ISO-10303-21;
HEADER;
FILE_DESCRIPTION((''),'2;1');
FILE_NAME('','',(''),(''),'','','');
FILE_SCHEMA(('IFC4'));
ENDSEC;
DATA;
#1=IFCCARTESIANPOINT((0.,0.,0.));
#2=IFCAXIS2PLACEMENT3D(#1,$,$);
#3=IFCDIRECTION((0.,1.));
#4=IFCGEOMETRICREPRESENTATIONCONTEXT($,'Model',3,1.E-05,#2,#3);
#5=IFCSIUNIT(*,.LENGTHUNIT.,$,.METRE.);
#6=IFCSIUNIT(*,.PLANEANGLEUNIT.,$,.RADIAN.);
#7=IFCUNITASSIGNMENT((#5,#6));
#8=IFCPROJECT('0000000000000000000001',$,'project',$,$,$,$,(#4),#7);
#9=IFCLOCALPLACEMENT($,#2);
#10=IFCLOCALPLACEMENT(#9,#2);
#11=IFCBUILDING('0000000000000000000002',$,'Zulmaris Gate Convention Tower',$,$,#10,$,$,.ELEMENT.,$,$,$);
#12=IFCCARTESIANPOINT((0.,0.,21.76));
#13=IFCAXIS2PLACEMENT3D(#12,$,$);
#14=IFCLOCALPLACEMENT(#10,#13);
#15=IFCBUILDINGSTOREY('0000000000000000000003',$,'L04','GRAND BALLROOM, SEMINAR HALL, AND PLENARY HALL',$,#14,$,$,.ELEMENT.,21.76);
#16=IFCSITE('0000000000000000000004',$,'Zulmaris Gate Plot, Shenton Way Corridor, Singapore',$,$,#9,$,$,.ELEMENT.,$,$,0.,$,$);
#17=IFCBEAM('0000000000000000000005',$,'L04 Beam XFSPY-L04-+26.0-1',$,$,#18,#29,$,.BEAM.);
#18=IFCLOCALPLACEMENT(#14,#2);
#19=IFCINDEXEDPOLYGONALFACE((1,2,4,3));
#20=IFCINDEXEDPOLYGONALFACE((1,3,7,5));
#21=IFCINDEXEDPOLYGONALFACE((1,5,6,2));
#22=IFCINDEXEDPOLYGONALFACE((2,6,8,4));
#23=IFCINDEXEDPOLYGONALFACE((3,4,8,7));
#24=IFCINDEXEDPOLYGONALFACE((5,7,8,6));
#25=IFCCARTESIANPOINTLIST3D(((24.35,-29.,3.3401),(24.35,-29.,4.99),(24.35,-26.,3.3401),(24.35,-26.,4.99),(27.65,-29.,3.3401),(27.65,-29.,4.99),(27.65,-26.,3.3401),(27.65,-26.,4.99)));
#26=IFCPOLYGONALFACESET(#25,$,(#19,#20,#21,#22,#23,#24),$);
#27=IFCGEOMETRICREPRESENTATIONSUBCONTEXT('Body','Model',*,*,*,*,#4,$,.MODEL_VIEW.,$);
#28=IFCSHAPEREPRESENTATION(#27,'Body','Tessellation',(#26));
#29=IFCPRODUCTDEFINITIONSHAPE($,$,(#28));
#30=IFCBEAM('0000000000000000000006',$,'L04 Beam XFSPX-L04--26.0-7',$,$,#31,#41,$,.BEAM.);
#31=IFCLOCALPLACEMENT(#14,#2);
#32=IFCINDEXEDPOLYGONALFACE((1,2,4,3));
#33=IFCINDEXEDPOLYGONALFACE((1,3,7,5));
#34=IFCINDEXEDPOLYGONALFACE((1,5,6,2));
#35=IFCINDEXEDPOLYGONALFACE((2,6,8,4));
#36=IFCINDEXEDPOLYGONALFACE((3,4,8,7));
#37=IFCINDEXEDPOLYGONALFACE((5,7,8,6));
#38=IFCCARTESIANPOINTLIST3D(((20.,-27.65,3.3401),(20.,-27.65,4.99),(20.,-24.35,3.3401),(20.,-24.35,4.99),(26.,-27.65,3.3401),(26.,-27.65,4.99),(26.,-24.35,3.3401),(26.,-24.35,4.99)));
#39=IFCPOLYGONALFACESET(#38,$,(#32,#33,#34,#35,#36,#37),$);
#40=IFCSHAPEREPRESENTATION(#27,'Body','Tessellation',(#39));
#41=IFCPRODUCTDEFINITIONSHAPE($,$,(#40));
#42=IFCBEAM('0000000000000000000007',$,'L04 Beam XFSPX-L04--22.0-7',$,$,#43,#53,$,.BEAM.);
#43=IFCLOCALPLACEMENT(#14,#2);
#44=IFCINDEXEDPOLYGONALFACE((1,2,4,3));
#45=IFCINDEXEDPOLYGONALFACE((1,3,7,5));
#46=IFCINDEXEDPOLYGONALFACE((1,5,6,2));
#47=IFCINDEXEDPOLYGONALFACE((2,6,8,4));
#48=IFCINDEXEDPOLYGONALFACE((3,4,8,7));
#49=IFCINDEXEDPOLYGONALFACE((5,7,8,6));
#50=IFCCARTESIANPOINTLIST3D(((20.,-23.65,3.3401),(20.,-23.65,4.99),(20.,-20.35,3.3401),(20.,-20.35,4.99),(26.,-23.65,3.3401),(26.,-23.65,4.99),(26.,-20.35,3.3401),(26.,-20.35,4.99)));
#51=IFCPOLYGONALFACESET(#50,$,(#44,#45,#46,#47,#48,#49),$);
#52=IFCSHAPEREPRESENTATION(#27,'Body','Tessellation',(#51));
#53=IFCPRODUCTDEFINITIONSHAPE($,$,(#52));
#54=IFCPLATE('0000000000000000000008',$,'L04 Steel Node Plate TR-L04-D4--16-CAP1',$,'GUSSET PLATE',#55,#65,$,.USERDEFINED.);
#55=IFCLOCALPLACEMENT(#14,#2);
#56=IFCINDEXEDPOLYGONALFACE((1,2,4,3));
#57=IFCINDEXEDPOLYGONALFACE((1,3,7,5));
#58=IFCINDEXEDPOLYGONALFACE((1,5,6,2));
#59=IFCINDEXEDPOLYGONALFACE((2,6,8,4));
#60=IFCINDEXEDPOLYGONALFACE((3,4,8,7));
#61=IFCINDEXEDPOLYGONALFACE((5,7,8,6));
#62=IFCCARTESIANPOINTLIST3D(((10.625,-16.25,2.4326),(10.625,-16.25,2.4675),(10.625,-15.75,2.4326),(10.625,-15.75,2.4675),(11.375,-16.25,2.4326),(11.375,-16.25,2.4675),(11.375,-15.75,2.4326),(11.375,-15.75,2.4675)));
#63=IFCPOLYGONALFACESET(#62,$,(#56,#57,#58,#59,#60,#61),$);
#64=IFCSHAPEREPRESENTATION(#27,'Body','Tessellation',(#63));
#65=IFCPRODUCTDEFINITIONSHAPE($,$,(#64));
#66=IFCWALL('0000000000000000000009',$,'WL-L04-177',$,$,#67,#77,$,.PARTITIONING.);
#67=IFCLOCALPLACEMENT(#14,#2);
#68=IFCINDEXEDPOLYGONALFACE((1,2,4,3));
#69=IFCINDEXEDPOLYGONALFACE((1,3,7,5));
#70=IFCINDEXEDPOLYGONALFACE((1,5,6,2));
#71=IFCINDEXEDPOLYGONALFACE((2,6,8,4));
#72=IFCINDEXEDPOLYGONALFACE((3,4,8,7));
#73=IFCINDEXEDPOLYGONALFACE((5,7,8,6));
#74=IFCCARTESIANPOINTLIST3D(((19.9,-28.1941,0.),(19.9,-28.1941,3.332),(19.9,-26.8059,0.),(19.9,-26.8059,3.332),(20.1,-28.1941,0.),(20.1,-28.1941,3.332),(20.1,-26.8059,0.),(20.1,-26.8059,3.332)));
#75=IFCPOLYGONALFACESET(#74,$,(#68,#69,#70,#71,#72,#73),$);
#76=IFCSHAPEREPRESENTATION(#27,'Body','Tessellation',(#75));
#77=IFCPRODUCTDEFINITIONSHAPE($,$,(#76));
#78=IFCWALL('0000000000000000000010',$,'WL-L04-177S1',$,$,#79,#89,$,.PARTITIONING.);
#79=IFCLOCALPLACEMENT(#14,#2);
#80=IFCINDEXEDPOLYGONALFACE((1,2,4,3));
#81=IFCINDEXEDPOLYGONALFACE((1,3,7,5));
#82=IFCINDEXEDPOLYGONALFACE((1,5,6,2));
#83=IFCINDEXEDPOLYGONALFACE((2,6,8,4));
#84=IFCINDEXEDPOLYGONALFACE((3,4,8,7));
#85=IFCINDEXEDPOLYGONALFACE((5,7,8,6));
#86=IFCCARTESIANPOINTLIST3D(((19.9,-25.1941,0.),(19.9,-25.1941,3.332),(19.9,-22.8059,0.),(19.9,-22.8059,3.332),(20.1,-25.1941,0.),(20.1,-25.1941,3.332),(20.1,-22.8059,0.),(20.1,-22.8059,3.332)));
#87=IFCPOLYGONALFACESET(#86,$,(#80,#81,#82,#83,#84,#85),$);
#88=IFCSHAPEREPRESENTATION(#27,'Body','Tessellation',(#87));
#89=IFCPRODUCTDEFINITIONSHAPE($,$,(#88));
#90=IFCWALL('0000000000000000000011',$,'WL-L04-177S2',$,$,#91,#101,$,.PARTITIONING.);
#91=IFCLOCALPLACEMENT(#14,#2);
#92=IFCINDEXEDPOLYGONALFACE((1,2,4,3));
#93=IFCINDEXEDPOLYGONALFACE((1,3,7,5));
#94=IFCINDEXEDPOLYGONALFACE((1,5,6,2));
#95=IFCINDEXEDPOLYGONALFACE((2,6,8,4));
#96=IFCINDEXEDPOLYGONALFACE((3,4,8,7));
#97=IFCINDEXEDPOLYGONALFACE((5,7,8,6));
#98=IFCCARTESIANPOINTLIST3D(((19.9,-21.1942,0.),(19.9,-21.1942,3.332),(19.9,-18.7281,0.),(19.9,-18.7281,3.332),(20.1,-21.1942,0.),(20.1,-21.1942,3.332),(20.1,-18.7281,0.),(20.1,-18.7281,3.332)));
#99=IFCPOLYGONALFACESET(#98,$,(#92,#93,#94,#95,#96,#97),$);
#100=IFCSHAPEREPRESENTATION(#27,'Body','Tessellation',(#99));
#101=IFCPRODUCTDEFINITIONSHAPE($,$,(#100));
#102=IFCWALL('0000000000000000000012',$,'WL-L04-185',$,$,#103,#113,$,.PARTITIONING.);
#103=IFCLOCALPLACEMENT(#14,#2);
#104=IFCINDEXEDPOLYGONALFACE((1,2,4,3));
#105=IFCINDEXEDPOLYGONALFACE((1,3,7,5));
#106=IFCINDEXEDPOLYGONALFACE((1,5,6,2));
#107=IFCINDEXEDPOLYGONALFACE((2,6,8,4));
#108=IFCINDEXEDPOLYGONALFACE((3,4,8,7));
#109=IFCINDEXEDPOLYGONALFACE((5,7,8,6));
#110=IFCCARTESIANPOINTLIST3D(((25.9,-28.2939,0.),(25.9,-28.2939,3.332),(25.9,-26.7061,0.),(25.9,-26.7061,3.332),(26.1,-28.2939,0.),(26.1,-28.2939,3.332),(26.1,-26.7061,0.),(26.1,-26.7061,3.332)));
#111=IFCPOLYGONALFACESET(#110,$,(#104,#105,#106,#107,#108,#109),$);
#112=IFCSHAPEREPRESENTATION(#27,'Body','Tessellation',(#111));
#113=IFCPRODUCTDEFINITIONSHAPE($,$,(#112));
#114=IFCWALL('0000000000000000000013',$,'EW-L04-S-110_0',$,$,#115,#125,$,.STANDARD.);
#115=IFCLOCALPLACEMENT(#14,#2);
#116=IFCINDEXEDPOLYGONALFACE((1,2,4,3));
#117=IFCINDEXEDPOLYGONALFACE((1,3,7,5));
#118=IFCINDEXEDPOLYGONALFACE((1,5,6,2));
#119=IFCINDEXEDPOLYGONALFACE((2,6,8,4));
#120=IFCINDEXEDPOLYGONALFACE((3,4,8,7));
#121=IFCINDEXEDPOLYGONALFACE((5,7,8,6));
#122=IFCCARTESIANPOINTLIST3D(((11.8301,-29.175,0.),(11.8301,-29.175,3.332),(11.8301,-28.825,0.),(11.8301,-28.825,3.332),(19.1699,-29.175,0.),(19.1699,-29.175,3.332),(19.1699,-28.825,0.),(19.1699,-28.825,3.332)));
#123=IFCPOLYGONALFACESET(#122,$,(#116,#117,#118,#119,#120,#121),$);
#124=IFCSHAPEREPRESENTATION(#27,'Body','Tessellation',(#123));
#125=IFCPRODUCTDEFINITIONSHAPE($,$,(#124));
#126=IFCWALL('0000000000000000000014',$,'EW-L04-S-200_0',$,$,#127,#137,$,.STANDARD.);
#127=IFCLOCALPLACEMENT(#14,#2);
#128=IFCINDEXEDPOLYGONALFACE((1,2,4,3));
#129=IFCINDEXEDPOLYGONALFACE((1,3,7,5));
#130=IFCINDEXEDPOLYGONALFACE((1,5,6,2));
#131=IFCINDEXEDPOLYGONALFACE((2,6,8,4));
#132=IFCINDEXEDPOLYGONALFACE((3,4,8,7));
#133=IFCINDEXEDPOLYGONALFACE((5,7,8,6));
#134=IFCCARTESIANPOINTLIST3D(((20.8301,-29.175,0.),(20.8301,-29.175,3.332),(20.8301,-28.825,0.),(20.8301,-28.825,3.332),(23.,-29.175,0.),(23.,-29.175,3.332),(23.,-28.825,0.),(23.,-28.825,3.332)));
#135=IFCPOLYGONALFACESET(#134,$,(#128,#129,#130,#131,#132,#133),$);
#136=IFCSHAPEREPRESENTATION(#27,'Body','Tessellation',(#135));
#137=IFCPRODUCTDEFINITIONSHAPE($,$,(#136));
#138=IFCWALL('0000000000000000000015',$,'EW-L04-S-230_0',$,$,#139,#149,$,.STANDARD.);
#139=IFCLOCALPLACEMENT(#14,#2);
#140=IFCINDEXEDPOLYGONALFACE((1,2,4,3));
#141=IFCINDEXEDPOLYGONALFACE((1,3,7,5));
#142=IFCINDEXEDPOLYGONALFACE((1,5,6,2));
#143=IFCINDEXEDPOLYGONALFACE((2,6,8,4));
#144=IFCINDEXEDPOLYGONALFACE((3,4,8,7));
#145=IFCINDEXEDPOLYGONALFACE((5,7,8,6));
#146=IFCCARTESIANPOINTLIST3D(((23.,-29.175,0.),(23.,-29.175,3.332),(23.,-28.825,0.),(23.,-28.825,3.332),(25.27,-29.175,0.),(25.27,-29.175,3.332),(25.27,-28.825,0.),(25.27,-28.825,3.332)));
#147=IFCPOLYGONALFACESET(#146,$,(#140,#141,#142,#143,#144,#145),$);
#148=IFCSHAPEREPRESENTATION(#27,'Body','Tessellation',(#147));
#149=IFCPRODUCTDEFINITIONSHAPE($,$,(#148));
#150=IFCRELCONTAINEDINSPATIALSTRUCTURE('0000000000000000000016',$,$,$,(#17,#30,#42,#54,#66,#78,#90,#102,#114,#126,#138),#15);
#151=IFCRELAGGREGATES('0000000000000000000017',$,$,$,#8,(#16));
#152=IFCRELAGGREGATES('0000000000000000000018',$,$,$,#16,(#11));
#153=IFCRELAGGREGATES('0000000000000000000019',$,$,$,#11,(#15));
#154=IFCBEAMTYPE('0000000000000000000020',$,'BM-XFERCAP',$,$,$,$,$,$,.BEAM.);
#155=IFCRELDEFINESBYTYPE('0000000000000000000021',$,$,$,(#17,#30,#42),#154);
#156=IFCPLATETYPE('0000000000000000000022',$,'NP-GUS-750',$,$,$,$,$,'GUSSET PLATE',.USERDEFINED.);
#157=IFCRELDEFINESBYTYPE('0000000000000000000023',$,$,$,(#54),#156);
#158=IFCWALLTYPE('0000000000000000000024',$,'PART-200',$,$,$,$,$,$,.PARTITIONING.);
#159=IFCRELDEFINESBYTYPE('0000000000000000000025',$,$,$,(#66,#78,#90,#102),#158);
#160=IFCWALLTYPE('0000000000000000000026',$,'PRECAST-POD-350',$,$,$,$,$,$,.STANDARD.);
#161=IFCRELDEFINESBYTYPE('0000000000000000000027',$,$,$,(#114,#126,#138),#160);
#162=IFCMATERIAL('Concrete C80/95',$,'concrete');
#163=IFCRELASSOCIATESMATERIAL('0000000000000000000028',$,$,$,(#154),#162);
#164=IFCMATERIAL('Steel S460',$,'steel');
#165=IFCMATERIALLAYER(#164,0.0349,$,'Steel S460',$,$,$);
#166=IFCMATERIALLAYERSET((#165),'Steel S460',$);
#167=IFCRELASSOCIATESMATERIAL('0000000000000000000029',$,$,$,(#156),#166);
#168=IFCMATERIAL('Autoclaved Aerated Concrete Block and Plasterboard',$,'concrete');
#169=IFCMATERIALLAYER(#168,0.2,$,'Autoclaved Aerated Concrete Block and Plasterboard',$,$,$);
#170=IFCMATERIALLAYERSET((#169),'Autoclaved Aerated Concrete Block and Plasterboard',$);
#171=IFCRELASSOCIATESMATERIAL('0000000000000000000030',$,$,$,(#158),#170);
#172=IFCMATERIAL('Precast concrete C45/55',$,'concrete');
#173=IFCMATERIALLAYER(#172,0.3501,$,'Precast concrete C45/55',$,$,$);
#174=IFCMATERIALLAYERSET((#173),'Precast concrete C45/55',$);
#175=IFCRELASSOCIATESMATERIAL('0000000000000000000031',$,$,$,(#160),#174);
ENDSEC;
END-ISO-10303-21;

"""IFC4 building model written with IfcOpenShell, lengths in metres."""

from ifc_helpers import new_model, si_unit, direction, frame, frame_2d, origin, origin_2d, place, context, subcontext, project, spatial, rectangle, extrude, material, layer, layer_set, material_profile, profile_set, type_object, element, save


model = new_model("IFC4")

# Units and contexts
model_context = context("Model", 3, precision=1e-05, world=origin(), true_north=direction((0.0, 1.0)))
body_context = subcontext(model_context, "Body", "Model", "MODEL_VIEW")
ifc_project = project(units=[si_unit("LENGTHUNIT", "METRE"), si_unit("PLANEANGLEUNIT", "RADIAN")], contexts=[model_context])

# Site, building, storey
site_placement = place(None, origin())
site = spatial("IfcSite", under=ifc_project, at=site_placement, Name="Zulmaris Gate Plot, Shenton Way Corridor, Singapore", CompositionType="ELEMENT", RefElevation=0.0)
building_placement = place(site_placement, origin())
building = spatial("IfcBuilding", under=site, at=building_placement, Name="Zulmaris Gate Convention Tower", CompositionType="ELEMENT")
storey_placement = place(building_placement, frame((0.0, 0.0, 21.76)))
storey = spatial("IfcBuildingStorey", under=building, at=storey_placement, Name="L04", Description="GRAND BALLROOM, SEMINAR HALL, AND PLENARY HALL", CompositionType="ELEMENT", Elevation=21.76)

# Shared definitions
ifc_material_1 = material(Name="Concrete C80/95", Category="concrete")

# Beams
ifc_material_profile_1 = material_profile(ifc_material_1, rectangle(XDim=3.3, YDim=1.6499, at=origin_2d()), Name="RC TRANSFER 3300x1650")
ifc_profile_set_1 = profile_set([ifc_material_profile_1], Name="Concrete C80/95")
beam_type_1 = type_object("IfcBeamType", Name="BM-XFERCAP", PredefinedType="BEAM", material=ifc_profile_set_1)
beam_1_placement = place(storey_placement, frame((26.0, -29.0, 4.165), z_axis=(0.0, 1.0, 0.0), x_axis=(-1.0, 0.0, 0.0)))
element("IfcBeam", 1, at=beam_1_placement, inside=storey, type_object=beam_type_1, Name="L04 Beam XFSPY-L04-+26.0-1", PredefinedType="BEAM", context=body_context, shape_type="SweptSolid", body=[
    extrude(rectangle(XDim=3.3, YDim=1.6499, at=origin_2d()), origin(), (0.0, 0.0, 1.0), 3.0),
])
for number, where, z_axis, x_axis, name in (
    (2, (20.0, -26.0, 4.165), (1.0, 0.0, 0.0), (0.0, 1.0, 0.0), "L04 Beam XFSPX-L04--26.0-7"),
    (3, (20.0, -22.0, 4.165), (1.0, 0.0, 0.0), (0.0, 1.0, 0.0), "L04 Beam XFSPX-L04--22.0-7"),
):
    element("IfcBeam", number, at=place(storey_placement, frame(where, z_axis=z_axis, x_axis=x_axis)), inside=storey, type_object=beam_type_1, Name=name, PredefinedType="BEAM", context=body_context, shape_type="SweptSolid", body=[
        extrude(rectangle(XDim=3.3, YDim=1.6499, at=origin_2d()), origin(), (0.0, 0.0, 1.0), 6.0),
    ])

# Plate
ifc_material_2 = material(Name="Steel S460", Category="steel")
ifc_layer_1 = layer(ifc_material_2, 0.0349, Name="Steel S460")
ifc_layer_set_1 = layer_set([ifc_layer_1], Name="Steel S460")
plate_type = type_object("IfcPlateType", Name="NP-GUS-750", ElementType="GUSSET PLATE", PredefinedType="USERDEFINED", material=ifc_layer_set_1)
plate_placement = place(storey_placement, frame((11.0, -16.0, 2.4326), z_axis=(0.0, 0.0, 1.0), x_axis=(1.0, 0.0, 0.0)))
element("IfcPlate", 4, at=plate_placement, inside=storey, type_object=plate_type, Name="L04 Steel Node Plate TR-L04-D4--16-CAP1", ObjectType="GUSSET PLATE", PredefinedType="USERDEFINED", context=body_context, shape_type="SweptSolid", body=[
    extrude(rectangle(XDim=0.75, YDim=0.5, at=origin_2d()), origin(), (0.0, 0.0, 1.0), 0.0349),
])

# Walls
ifc_material_3 = material(Name="Autoclaved Aerated Concrete Block and Plasterboard", Category="concrete")
ifc_layer_2 = layer(ifc_material_3, 0.2, Name="Autoclaved Aerated Concrete Block and Plasterboard")
ifc_layer_set_2 = layer_set([ifc_layer_2], Name="Autoclaved Aerated Concrete Block and Plasterboard")
wall_type_1 = type_object("IfcWallType", Name="PART-200", PredefinedType="PARTITIONING", material=ifc_layer_set_2)
wall_1_placement = place(storey_placement, frame((20.0, -28.1941, 0.0), z_axis=(0.0, 0.0, 1.0), x_axis=(0.0, 1.0, 0.0)))
element("IfcWall", 5, at=wall_1_placement, inside=storey, type_object=wall_type_1, Name="WL-L04-177", PredefinedType="PARTITIONING", context=body_context, shape_type="SweptSolid", body=[
    extrude(rectangle(XDim=1.3882, YDim=0.2, at=frame_2d((0.6941, 0.0))), origin(), (0.0, 0.0, 1.0), 3.332),
])
wall_2_placement = place(storey_placement, frame((20.0, -25.1941, 0.0), z_axis=(0.0, 0.0, 1.0), x_axis=(0.0, 1.0, 0.0)))
element("IfcWall", 6, at=wall_2_placement, inside=storey, type_object=wall_type_1, Name="WL-L04-177S1", PredefinedType="PARTITIONING", context=body_context, shape_type="SweptSolid", body=[
    extrude(rectangle(XDim=2.3882, YDim=0.2, at=frame_2d((1.1941, 0.0))), origin(), (0.0, 0.0, 1.0), 3.332),
])
wall_3_placement = place(storey_placement, frame((20.0, -21.1941, 0.0), z_axis=(0.0, 0.0, 1.0), x_axis=(0.0, 1.0, 0.0)))
element("IfcWall", 7, at=wall_3_placement, inside=storey, type_object=wall_type_1, Name="WL-L04-177S2", PredefinedType="PARTITIONING", context=body_context, shape_type="SweptSolid", body=[
    extrude(rectangle(XDim=2.4661, YDim=0.2, at=frame_2d((1.2329, 0.0))), origin(), (0.0, 0.0, 1.0), 3.332),
])
wall_4_placement = place(storey_placement, frame((26.0, -28.2939, 0.0), z_axis=(0.0, 0.0, 1.0), x_axis=(0.0, 1.0, 0.0)))
element("IfcWall", 8, at=wall_4_placement, inside=storey, type_object=wall_type_1, Name="WL-L04-185", PredefinedType="PARTITIONING", context=body_context, shape_type="SweptSolid", body=[
    extrude(rectangle(XDim=1.5879, YDim=0.2, at=frame_2d((0.7939, 0.0))), origin(), (0.0, 0.0, 1.0), 3.332),
])
ifc_material_4 = material(Name="Precast concrete C45/55", Category="concrete")
ifc_layer_3 = layer(ifc_material_4, 0.3501, Name="Precast concrete C45/55")
ifc_layer_set_3 = layer_set([ifc_layer_3], Name="Precast concrete C45/55")
wall_type_2 = type_object("IfcWallType", Name="PRECAST-POD-350", PredefinedType="STANDARD", material=ifc_layer_set_3)
wall_5_placement = place(storey_placement, frame((11.8301, -29.0, 0.0), z_axis=(0.0, 0.0, 1.0), x_axis=(1.0, 0.0, 0.0)))
element("IfcWall", 9, at=wall_5_placement, inside=storey, type_object=wall_type_2, Name="EW-L04-S-110_0", PredefinedType="STANDARD", context=body_context, shape_type="SweptSolid", body=[
    extrude(rectangle(XDim=7.3398, YDim=0.3501, at=frame_2d((3.6699, 0.0))), origin(), (0.0, 0.0, 1.0), 3.332),
])
wall_6_placement = place(storey_placement, frame((20.8301, -29.0, 0.0), z_axis=(0.0, 0.0, 1.0), x_axis=(1.0, 0.0, 0.0)))
element("IfcWall", 10, at=wall_6_placement, inside=storey, type_object=wall_type_2, Name="EW-L04-S-200_0", PredefinedType="STANDARD", context=body_context, shape_type="SweptSolid", body=[
    extrude(rectangle(XDim=2.1699, YDim=0.3501, at=frame_2d((1.085, 0.0))), origin(), (0.0, 0.0, 1.0), 3.332),
])
wall_7_placement = place(storey_placement, frame((23.0, -29.0, 0.0), z_axis=(0.0, 0.0, 1.0), x_axis=(1.0, 0.0, 0.0)))
element("IfcWall", 11, at=wall_7_placement, inside=storey, type_object=wall_type_2, Name="EW-L04-S-230_0", PredefinedType="STANDARD", context=body_context, shape_type="SweptSolid", body=[
    extrude(rectangle(XDim=2.27, YDim=0.3501, at=frame_2d((1.135, 0.0))), origin(), (0.0, 0.0, 1.0), 3.332),
])

save(model, "model.ifc")
